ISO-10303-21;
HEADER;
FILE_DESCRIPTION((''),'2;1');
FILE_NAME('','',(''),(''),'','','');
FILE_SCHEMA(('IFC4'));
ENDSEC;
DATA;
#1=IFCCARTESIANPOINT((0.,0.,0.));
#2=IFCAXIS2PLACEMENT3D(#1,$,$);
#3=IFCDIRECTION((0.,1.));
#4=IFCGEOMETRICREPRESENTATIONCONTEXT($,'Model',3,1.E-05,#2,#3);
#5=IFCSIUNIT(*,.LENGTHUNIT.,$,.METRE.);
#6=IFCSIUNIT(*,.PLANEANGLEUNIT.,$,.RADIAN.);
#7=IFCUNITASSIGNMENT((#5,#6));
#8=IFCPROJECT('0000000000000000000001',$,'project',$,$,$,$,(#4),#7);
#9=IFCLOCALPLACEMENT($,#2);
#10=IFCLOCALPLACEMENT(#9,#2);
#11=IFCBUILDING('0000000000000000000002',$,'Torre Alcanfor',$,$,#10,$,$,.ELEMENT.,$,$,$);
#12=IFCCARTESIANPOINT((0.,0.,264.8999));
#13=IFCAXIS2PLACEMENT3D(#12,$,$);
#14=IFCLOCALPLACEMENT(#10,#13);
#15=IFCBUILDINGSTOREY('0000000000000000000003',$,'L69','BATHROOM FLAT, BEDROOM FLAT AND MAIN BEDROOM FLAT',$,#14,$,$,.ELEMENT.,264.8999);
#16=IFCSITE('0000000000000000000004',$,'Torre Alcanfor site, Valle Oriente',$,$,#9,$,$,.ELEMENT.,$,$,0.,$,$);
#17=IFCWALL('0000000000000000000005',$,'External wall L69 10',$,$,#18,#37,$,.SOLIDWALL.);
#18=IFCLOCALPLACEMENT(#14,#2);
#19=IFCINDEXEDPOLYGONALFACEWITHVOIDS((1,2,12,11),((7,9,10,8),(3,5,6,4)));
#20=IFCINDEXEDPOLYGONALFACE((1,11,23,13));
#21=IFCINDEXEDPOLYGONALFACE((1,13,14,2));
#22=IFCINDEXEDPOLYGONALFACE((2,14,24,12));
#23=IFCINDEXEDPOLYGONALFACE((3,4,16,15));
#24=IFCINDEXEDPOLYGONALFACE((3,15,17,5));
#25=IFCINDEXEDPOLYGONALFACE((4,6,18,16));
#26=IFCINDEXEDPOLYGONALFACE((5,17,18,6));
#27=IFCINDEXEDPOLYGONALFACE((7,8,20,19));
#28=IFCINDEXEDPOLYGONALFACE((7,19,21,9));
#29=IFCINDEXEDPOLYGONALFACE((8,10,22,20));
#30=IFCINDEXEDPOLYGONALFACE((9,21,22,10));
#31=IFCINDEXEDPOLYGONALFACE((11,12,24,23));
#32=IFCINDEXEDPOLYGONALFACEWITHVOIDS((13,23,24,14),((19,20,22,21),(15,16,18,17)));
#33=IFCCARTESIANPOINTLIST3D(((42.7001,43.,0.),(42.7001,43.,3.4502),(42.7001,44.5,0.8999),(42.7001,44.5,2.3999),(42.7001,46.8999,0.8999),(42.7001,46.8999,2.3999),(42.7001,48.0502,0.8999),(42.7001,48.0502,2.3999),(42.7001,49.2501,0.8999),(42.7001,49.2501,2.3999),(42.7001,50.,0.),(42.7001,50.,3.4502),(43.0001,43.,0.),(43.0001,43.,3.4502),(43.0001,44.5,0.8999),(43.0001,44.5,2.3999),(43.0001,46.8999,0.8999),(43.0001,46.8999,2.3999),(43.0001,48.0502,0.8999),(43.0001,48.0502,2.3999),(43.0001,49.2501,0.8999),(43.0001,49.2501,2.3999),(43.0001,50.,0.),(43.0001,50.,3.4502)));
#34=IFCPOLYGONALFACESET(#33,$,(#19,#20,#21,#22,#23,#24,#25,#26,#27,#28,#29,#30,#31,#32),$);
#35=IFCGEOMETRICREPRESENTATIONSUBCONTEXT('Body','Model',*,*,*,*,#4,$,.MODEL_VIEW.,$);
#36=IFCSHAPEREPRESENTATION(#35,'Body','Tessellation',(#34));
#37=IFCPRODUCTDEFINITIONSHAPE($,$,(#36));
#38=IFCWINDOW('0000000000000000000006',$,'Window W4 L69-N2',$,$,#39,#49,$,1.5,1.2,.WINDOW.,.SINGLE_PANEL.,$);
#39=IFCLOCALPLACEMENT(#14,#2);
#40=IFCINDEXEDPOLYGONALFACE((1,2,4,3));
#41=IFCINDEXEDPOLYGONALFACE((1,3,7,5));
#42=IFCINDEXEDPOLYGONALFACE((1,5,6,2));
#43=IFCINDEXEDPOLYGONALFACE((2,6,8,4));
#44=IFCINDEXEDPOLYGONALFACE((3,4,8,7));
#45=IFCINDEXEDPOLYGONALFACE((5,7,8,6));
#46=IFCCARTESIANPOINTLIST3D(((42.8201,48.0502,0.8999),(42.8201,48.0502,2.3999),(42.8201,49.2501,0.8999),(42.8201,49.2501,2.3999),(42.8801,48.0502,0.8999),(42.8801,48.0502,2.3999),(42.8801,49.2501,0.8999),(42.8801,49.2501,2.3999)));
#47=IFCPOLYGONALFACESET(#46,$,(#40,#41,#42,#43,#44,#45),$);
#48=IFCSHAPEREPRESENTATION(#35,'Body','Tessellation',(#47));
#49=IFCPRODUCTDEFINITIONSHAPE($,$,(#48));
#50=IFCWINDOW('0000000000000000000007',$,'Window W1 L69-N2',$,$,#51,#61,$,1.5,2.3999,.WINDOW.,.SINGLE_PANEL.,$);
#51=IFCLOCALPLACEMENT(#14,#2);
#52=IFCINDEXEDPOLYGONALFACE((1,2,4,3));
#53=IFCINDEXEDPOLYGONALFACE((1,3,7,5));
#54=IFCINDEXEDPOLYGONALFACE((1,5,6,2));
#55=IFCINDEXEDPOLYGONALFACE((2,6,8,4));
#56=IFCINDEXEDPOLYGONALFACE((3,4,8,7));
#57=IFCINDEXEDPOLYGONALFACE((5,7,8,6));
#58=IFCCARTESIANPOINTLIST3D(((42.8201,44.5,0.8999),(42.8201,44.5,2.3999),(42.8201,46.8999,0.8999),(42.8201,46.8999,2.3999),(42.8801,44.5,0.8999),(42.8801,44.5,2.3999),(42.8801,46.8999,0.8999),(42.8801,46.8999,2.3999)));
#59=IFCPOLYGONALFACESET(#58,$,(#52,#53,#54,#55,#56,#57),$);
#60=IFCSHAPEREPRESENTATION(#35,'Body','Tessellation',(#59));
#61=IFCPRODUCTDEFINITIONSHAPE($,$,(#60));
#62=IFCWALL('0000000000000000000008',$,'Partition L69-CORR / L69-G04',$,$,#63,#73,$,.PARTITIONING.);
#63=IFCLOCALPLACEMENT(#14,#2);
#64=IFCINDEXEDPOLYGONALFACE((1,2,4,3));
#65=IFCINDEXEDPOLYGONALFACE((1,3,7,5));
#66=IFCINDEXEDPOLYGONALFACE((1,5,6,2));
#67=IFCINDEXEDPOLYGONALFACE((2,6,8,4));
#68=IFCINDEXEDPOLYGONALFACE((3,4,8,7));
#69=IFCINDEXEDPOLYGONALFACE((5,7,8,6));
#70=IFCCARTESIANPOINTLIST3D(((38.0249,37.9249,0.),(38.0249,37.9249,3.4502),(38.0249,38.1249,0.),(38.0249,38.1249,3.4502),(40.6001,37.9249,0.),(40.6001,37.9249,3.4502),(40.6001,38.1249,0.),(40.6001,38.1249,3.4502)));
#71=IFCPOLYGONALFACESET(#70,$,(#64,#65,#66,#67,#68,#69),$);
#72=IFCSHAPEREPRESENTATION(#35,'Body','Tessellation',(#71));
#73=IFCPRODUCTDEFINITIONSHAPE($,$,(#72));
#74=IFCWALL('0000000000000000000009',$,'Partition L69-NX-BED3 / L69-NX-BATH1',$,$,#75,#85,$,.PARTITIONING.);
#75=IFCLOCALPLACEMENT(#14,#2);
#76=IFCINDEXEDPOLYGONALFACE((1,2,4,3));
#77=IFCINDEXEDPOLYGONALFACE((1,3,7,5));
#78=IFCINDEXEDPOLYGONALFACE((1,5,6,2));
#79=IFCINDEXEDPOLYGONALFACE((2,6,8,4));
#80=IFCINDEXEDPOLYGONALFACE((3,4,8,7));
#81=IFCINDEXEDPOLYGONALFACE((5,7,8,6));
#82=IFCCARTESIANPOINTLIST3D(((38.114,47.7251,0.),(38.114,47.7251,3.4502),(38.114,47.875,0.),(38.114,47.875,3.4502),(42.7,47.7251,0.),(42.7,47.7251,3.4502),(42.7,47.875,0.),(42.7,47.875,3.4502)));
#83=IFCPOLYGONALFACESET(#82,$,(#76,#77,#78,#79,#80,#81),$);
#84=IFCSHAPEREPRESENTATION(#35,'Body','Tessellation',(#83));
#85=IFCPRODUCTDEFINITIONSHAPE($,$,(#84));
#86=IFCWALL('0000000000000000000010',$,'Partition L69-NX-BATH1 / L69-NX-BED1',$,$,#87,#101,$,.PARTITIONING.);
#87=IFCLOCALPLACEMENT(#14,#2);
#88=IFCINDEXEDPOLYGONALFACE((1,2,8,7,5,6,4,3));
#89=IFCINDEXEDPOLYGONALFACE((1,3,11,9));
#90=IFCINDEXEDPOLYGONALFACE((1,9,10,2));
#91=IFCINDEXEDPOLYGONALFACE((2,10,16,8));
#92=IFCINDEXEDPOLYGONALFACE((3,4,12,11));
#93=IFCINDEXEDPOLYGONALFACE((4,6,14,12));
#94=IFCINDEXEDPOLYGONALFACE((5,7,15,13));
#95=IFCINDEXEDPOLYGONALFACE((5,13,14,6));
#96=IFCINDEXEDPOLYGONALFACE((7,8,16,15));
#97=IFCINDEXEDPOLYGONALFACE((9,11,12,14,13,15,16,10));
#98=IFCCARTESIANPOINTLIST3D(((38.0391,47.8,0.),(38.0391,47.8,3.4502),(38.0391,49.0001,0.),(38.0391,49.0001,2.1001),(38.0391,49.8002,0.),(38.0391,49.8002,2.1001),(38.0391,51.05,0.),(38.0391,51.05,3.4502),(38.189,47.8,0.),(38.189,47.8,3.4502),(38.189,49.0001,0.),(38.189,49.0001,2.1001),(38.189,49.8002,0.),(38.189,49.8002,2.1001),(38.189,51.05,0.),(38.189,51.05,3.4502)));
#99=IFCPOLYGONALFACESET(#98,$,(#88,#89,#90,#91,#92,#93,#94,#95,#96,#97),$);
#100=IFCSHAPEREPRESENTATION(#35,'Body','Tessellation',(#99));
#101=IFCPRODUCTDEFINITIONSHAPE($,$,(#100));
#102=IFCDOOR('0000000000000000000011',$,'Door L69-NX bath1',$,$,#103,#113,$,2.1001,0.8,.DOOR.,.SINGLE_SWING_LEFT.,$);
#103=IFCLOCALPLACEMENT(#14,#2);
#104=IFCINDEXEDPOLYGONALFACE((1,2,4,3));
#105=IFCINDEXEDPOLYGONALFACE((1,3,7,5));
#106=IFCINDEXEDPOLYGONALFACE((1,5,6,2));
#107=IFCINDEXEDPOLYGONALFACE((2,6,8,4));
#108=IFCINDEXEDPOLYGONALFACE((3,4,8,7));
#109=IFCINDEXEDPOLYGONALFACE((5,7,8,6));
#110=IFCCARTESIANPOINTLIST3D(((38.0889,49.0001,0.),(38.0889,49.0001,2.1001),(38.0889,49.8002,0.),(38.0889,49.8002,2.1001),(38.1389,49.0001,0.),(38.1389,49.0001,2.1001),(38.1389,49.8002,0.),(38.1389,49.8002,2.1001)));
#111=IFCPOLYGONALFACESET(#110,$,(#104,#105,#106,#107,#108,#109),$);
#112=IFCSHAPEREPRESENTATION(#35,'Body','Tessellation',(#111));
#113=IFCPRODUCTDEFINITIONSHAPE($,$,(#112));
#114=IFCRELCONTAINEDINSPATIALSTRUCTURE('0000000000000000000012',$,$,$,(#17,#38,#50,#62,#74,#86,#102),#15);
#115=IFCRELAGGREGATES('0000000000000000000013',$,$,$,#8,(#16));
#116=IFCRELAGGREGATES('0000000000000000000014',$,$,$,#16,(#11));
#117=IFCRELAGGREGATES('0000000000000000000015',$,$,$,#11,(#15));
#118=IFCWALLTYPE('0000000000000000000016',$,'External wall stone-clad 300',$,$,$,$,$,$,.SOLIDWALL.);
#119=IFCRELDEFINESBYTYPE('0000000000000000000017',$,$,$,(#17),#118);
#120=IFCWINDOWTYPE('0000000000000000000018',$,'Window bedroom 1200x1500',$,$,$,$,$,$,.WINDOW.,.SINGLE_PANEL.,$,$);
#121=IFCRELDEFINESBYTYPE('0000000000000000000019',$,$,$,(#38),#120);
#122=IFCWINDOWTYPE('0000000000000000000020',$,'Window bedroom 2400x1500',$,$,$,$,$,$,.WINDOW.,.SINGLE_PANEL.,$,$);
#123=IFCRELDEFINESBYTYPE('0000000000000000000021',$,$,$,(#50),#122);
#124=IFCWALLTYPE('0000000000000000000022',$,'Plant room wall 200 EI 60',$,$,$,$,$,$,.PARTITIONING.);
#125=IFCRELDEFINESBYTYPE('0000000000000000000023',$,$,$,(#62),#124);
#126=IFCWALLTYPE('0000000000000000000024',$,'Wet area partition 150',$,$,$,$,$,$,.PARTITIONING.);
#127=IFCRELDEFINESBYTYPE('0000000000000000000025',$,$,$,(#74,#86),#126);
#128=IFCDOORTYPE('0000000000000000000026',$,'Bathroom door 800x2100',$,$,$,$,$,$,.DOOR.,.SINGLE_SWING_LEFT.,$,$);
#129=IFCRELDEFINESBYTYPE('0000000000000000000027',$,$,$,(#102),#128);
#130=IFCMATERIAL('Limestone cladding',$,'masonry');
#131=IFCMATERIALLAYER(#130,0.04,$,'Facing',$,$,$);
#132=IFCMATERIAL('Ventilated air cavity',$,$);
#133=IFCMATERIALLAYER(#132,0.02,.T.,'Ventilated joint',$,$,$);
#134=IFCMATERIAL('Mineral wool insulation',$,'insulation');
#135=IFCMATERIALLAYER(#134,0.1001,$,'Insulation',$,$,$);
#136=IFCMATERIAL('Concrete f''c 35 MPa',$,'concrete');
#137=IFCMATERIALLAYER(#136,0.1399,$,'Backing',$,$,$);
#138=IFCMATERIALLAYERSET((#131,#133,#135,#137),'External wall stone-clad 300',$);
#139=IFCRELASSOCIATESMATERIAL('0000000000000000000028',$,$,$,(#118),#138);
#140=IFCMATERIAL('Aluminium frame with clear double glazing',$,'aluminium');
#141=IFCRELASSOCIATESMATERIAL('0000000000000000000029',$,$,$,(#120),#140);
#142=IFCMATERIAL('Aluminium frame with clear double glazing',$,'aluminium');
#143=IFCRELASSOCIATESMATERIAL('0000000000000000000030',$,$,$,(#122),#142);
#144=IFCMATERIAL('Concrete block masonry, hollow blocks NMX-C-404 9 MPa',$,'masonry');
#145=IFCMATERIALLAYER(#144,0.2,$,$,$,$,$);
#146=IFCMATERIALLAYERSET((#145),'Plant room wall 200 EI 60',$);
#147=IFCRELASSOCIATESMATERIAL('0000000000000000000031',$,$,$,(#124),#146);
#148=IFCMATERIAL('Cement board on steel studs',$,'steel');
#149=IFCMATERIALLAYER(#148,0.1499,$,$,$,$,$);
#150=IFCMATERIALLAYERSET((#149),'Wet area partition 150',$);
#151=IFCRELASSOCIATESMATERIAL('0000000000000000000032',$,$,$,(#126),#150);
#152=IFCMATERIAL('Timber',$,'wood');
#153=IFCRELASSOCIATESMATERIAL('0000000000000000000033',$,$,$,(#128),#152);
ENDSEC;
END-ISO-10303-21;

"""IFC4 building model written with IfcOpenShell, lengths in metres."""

from ifc_helpers import new_model, si_unit, direction, frame, frame_2d, origin, place, context, subcontext, project, spatial, rectangle, extrude, material, layer, layer_set, type_object, element, fill, save


model = new_model("IFC4")

# Units and contexts
model_context = context("Model", 3, precision=1e-05, world=origin(), true_north=direction((0.0, 1.0)))
body_context = subcontext(model_context, "Body", "Model", "MODEL_VIEW")
ifc_project = project(units=[si_unit("LENGTHUNIT", "METRE"), si_unit("PLANEANGLEUNIT", "RADIAN")], contexts=[model_context])

# Site, building, storey
site_placement = place(None, origin())
site = spatial("IfcSite", under=ifc_project, at=site_placement, Name="Torre Alcanfor site, Valle Oriente", CompositionType="ELEMENT", RefElevation=0.0)
building_placement = place(site_placement, origin())
building = spatial("IfcBuilding", under=site, at=building_placement, Name="Torre Alcanfor", CompositionType="ELEMENT")
storey_placement = place(building_placement, frame((0.0, 0.0, 264.8999)))
storey = spatial("IfcBuildingStorey", under=building, at=storey_placement, Name="L69", Description="BATHROOM FLAT, BEDROOM FLAT AND MAIN BEDROOM FLAT", CompositionType="ELEMENT", Elevation=264.8999)

# Wall, openings, windows
ifc_material_1 = material(Name="Limestone cladding", Category="masonry")
ifc_layer_1 = layer(ifc_material_1, 0.04, Name="Facing")
ifc_material_2 = material(Name="Ventilated air cavity")
ifc_layer_2 = layer(ifc_material_2, 0.02, ventilated=True, Name="Ventilated joint")
ifc_material_3 = material(Name="Mineral wool insulation", Category="insulation")
ifc_layer_3 = layer(ifc_material_3, 0.1001, Name="Insulation")
ifc_material_4 = material(Name="Concrete f'c 35 MPa", Category="concrete")
ifc_layer_4 = layer(ifc_material_4, 0.1399, Name="Backing")
ifc_layer_set_1 = layer_set([ifc_layer_1, ifc_layer_2, ifc_layer_3, ifc_layer_4], Name="External wall stone-clad 300")
wall_type_1 = type_object("IfcWallType", Name="External wall stone-clad 300", PredefinedType="SOLIDWALL", material=ifc_layer_set_1)
ifc_material_5 = material(Name="Aluminium frame with clear double glazing", Category="aluminium")
window_type_1 = type_object("IfcWindowType", Name="Window bedroom 1200x1500", PartitioningType="SINGLE_PANEL", PredefinedType="WINDOW", material=ifc_material_5)
ifc_material_6 = material(Name="Aluminium frame with clear double glazing", Category="aluminium")
window_type_2 = type_object("IfcWindowType", Name="Window bedroom 2400x1500", PartitioningType="SINGLE_PANEL", PredefinedType="WINDOW", material=ifc_material_6)
wall_1_placement = place(storey_placement, frame((42.8501, 43.0, 0.0), z_axis=(0.0, 0.0, 1.0), x_axis=(0.0, 1.0, 0.0)))
wall_1 = element("IfcWall", 1, at=wall_1_placement, inside=storey, type_object=wall_type_1, Name="External wall L69 10", PredefinedType="SOLIDWALL", context=body_context, shape_type="SweptSolid", body=[
    extrude(rectangle(XDim=7.0, YDim=0.3, at=frame_2d((3.5, 0.0))), origin(), (0.0, 0.0, 1.0), 3.4502),
])
opening_1_placement = place(wall_1_placement, frame((1.5, 0.0, 0.8999)))
opening_1 = element("IfcOpeningElement", 2, at=opening_1_placement, cuts=wall_1, PredefinedType="OPENING", context=body_context, shape_type="SweptSolid", body=[
    extrude(rectangle(XDim=2.3999, YDim=1.5, at=frame_2d((1.2, 0.75))), frame((0.0, 0.1599, 0.0), z_axis=(0.0, -1.0, 0.0), x_axis=(1.0, 0.0, 0.0)), (0.0, 0.0, 1.0), 0.3201),
])
opening_2_placement = place(wall_1_placement, frame((5.05, 0.0, 0.8999)))
opening_2 = element("IfcOpeningElement", 3, at=opening_2_placement, cuts=wall_1, PredefinedType="OPENING", context=body_context, shape_type="SweptSolid", body=[
    extrude(rectangle(XDim=1.2, YDim=1.5, at=frame_2d((0.6001, 0.75))), frame((0.0, 0.1599, 0.0), z_axis=(0.0, -1.0, 0.0), x_axis=(1.0, 0.0, 0.0)), (0.0, 0.0, 1.0), 0.3201),
])
window_1_placement = place(opening_2_placement, origin())
window_1 = element("IfcWindow", 4, at=window_1_placement, inside=storey, type_object=window_type_1, Name="Window W4 L69-N2", OverallHeight=1.5, OverallWidth=1.2, PartitioningType="SINGLE_PANEL", PredefinedType="WINDOW", context=body_context, shape_type="SweptSolid", body=[
    extrude(rectangle(XDim=1.2, YDim=1.5, at=frame_2d((0.6001, 0.75))), frame((0.0, 0.03, 0.0), z_axis=(0.0, -1.0, 0.0), x_axis=(1.0, 0.0, 0.0)), (0.0, 0.0, 1.0), 0.0601),
])
fill(opening_2, window_1)
window_2_placement = place(opening_1_placement, origin())
window_2 = element("IfcWindow", 5, at=window_2_placement, inside=storey, type_object=window_type_2, Name="Window W1 L69-N2", OverallHeight=1.5, OverallWidth=2.3999, PartitioningType="SINGLE_PANEL", PredefinedType="WINDOW", context=body_context, shape_type="SweptSolid", body=[
    extrude(rectangle(XDim=2.3999, YDim=1.5, at=frame_2d((1.2, 0.75))), frame((0.0, 0.03, 0.0), z_axis=(0.0, -1.0, 0.0), x_axis=(1.0, 0.0, 0.0)), (0.0, 0.0, 1.0), 0.0601),
])
fill(opening_1, window_2)

# Walls
ifc_material_7 = material(Name="Concrete block masonry, hollow blocks NMX-C-404 9 MPa", Category="masonry")
ifc_layer_5 = layer(ifc_material_7, 0.2)
ifc_layer_set_2 = layer_set([ifc_layer_5], Name="Plant room wall 200 EI 60")
wall_type_2 = type_object("IfcWallType", Name="Plant room wall 200 EI 60", PredefinedType="PARTITIONING", material=ifc_layer_set_2)
wall_2_placement = place(storey_placement, frame((40.6001, 38.0249, 0.0), z_axis=(0.0, 0.0, 1.0), x_axis=(-1.0, 0.0, 0.0)))
element("IfcWall", 6, at=wall_2_placement, inside=storey, type_object=wall_type_2, Name="Partition L69-CORR / L69-G04", PredefinedType="PARTITIONING", context=body_context, shape_type="SweptSolid", body=[
    extrude(rectangle(XDim=2.5752, YDim=0.2, at=frame_2d((1.2876, 0.0))), origin(), (0.0, 0.0, 1.0), 3.4502),
])
ifc_material_8 = material(Name="Cement board on steel studs", Category="steel")
ifc_layer_6 = layer(ifc_material_8, 0.1499)
ifc_layer_set_3 = layer_set([ifc_layer_6], Name="Wet area partition 150")
wall_type_3 = type_object("IfcWallType", Name="Wet area partition 150", PredefinedType="PARTITIONING", material=ifc_layer_set_3)
wall_3_placement = place(storey_placement, frame((42.7, 47.8, 0.0), z_axis=(0.0, 0.0, 1.0), x_axis=(-1.0, 0.0, 0.0)))
element("IfcWall", 7, at=wall_3_placement, inside=storey, type_object=wall_type_3, Name="Partition L69-NX-BED3 / L69-NX-BATH1", PredefinedType="PARTITIONING", context=body_context, shape_type="SweptSolid", body=[
    extrude(rectangle(XDim=4.5859, YDim=0.1499, at=frame_2d((2.293, 0.0))), origin(), (0.0, 0.0, 1.0), 3.4502),
])

# Wall, opening, door
wall_4_placement = place(storey_placement, frame((38.114, 51.05, 0.0), z_axis=(0.0, 0.0, 1.0), x_axis=(0.0, -1.0, 0.0)))
wall_4 = element("IfcWall", 8, at=wall_4_placement, inside=storey, type_object=wall_type_3, Name="Partition L69-NX-BATH1 / L69-NX-BED1", PredefinedType="PARTITIONING", context=body_context, shape_type="SweptSolid", body=[
    extrude(rectangle(XDim=3.25, YDim=0.1499, at=frame_2d((1.625, 0.0))), origin(), (0.0, 0.0, 1.0), 3.4502),
])
opening_3_placement = place(wall_4_placement, frame((1.25, 0.0, 0.0)))
opening_3 = element("IfcOpeningElement", 9, at=opening_3_placement, cuts=wall_4, PredefinedType="OPENING", context=body_context, shape_type="SweptSolid", body=[
    extrude(rectangle(XDim=0.8, YDim=2.1001, at=frame_2d((0.3999, 1.05))), frame((0.0, 0.085, 0.0), z_axis=(0.0, -1.0, 0.0), x_axis=(1.0, 0.0, 0.0)), (0.0, 0.0, 1.0), 0.1699),
])
ifc_material_9 = material(Name="Timber", Category="wood")
door_type = type_object("IfcDoorType", Name="Bathroom door 800x2100", OperationType="SINGLE_SWING_LEFT", PredefinedType="DOOR", material=ifc_material_9)
door_placement = place(opening_3_placement, frame((0.8, 0.0, 0.0), z_axis=(0.0, 0.0, 1.0), x_axis=(-1.0, 0.0, 0.0)))
door = element("IfcDoor", 10, at=door_placement, inside=storey, type_object=door_type, Name="Door L69-NX bath1", OperationType="SINGLE_SWING_LEFT", OverallHeight=2.1001, OverallWidth=0.8, PredefinedType="DOOR", context=body_context, shape_type="SweptSolid", body=[
    extrude(rectangle(XDim=0.8, YDim=2.1001, at=frame_2d((0.4001, 1.05))), frame((0.0, 0.0251, 0.0), z_axis=(0.0, -1.0, 0.0), x_axis=(1.0, 0.0, 0.0)), (0.0, 0.0, 1.0), 0.05),
])
fill(opening_3, door)

save(model, "model.ifc")
